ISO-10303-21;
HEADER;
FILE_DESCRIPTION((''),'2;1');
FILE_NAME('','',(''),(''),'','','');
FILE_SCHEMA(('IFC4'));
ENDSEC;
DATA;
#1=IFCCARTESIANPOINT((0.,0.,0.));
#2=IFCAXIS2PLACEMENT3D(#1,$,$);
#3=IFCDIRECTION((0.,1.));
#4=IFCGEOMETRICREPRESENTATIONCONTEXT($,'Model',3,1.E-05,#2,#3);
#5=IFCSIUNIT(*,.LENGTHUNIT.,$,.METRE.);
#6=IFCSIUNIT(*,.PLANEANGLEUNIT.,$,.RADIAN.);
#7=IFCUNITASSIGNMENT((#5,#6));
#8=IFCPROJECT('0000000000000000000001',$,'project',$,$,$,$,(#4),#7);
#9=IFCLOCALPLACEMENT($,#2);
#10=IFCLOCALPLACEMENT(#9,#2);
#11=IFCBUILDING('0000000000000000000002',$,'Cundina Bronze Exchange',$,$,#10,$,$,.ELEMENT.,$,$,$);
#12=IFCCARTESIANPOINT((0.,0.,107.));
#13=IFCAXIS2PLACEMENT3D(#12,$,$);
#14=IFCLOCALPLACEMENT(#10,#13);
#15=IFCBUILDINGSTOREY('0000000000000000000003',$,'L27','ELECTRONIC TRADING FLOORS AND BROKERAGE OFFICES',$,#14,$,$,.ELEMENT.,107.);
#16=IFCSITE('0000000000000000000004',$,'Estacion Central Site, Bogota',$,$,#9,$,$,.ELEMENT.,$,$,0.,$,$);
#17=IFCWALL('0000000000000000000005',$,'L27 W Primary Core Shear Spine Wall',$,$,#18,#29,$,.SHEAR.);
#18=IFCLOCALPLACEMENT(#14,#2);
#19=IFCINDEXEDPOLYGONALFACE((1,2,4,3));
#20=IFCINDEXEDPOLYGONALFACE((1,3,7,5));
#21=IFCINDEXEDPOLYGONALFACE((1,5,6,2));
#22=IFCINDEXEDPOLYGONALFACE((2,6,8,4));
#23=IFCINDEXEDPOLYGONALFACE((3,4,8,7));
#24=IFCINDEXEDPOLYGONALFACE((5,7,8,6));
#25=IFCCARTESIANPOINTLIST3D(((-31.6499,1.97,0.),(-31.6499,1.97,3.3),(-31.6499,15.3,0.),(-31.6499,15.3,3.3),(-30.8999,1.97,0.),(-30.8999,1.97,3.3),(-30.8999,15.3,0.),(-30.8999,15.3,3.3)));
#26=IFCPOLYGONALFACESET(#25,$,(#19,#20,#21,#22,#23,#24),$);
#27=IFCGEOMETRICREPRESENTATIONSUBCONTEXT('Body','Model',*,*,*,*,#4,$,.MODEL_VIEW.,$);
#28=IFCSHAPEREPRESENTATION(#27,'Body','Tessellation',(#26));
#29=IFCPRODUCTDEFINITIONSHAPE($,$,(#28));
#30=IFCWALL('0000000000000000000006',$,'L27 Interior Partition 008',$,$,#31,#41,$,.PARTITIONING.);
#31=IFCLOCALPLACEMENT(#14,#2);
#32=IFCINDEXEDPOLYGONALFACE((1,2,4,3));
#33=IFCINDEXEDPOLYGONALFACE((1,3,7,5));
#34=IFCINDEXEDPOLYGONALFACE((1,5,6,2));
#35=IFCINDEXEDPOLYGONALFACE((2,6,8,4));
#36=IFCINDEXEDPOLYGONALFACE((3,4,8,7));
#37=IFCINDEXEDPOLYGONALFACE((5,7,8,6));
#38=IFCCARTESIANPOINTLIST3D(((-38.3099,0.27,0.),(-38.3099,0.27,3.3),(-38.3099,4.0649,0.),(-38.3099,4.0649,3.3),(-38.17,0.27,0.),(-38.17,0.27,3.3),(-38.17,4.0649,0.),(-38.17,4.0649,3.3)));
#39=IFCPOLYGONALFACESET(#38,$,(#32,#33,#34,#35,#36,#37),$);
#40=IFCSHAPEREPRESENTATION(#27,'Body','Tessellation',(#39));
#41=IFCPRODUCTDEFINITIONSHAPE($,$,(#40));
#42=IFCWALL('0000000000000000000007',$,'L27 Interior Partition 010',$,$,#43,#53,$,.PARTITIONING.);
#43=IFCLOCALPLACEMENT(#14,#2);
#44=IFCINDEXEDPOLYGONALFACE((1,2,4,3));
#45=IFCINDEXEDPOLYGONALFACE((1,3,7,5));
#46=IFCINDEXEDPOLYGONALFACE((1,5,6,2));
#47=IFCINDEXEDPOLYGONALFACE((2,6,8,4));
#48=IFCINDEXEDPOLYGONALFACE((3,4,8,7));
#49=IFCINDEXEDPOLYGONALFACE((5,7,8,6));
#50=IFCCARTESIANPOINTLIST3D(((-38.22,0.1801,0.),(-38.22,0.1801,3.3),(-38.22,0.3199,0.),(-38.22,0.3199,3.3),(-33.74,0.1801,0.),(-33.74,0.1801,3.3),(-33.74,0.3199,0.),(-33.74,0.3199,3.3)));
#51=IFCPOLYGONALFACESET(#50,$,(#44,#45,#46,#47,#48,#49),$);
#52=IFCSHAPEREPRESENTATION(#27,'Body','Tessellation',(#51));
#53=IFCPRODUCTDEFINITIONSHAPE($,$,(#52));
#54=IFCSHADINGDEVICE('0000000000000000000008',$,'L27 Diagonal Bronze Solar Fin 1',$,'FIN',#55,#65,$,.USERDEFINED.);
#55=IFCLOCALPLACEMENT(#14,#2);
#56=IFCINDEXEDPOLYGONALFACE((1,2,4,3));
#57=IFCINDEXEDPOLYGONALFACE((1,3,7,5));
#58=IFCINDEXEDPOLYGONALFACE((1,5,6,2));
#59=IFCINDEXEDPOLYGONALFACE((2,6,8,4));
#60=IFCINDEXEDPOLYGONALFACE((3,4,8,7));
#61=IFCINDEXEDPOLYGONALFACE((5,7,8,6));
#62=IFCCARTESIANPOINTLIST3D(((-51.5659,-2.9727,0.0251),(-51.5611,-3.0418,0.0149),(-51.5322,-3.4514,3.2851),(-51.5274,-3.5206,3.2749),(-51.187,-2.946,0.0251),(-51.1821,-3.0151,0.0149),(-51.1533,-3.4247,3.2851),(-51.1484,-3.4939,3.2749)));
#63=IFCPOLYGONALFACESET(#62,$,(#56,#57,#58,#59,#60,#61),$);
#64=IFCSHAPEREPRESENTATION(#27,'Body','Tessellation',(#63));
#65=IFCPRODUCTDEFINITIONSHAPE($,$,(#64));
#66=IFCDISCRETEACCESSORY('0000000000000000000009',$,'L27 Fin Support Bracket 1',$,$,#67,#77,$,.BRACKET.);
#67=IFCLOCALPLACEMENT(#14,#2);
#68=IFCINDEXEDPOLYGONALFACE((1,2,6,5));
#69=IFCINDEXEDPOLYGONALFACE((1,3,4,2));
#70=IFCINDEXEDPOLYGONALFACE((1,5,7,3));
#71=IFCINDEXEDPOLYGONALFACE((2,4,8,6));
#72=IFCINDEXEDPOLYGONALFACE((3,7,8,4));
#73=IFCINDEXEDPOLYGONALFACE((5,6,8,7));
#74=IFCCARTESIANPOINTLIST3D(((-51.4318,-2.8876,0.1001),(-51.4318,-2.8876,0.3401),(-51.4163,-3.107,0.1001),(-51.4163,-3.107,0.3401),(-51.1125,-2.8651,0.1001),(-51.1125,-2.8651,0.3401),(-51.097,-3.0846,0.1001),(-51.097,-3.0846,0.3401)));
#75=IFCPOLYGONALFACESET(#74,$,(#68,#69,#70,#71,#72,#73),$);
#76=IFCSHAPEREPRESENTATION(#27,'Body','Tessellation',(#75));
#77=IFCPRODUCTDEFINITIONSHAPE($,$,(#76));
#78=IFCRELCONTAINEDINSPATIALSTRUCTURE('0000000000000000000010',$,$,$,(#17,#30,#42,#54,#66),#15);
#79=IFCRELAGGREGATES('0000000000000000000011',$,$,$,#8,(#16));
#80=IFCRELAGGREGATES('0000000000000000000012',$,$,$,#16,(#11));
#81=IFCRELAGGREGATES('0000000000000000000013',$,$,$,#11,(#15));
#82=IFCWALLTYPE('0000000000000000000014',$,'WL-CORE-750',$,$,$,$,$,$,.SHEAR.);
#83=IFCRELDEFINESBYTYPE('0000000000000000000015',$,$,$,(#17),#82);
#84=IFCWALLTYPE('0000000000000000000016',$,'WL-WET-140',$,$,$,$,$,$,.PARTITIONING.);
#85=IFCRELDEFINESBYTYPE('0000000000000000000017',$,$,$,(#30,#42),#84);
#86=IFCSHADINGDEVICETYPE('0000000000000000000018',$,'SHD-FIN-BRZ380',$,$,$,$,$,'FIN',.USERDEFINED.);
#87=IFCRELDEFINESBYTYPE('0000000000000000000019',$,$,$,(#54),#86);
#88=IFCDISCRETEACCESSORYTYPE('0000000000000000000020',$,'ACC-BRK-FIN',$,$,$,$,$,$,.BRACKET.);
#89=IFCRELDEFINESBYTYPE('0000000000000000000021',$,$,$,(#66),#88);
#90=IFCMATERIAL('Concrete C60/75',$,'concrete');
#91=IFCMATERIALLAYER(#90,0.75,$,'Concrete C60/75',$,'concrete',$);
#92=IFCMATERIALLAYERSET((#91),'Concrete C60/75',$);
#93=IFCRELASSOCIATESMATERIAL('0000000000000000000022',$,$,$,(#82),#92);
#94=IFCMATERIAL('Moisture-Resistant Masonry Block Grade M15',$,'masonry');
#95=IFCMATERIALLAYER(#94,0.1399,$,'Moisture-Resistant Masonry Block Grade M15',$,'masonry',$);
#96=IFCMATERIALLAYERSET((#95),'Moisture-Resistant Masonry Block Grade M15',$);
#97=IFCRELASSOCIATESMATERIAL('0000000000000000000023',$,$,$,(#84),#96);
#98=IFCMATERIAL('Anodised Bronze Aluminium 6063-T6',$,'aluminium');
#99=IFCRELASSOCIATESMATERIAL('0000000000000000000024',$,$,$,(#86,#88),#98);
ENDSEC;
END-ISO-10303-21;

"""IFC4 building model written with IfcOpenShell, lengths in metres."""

from ifc_helpers import new_model, si_unit, direction, frame, frame_2d, origin, origin_2d, place, context, subcontext, project, spatial, rectangle, extrude, material, layer, layer_set, material_profile, profile_set, type_object, element, save


model = new_model("IFC4")

# Units and contexts
model_context = context("Model", 3, precision=1e-05, world=origin(), true_north=direction((0.0, 1.0)))
body_context = subcontext(model_context, "Body", "Model", "MODEL_VIEW")
ifc_project = project(units=[si_unit("LENGTHUNIT", "METRE"), si_unit("PLANEANGLEUNIT", "RADIAN")], contexts=[model_context])

# Site, building, storey
site_placement = place(None, origin())
site = spatial("IfcSite", under=ifc_project, at=site_placement, Name="Estacion Central Site, Bogota", CompositionType="ELEMENT", RefElevation=0.0)
building_placement = place(site_placement, origin())
building = spatial("IfcBuilding", under=site, at=building_placement, Name="Cundina Bronze Exchange", CompositionType="ELEMENT")
storey_placement = place(building_placement, frame((0.0, 0.0, 107.0)))
storey = spatial("IfcBuildingStorey", under=building, at=storey_placement, Name="L27", Description="ELECTRONIC TRADING FLOORS AND BROKERAGE OFFICES", CompositionType="ELEMENT", Elevation=107.0)

# Shared definitions
ifc_material_1 = material(Name="Concrete C60/75", Category="concrete")

# Shared definitions
ifc_material_2 = material(Name="Anodised Bronze Aluminium 6063-T6", Category="aluminium")

# Walls
ifc_layer_1 = layer(ifc_material_1, 0.75, Name="Concrete C60/75", Category="concrete")
ifc_layer_set_1 = layer_set([ifc_layer_1], Name="Concrete C60/75")
wall_type_1 = type_object("IfcWallType", Name="WL-CORE-750", PredefinedType="SHEAR", material=ifc_layer_set_1)
wall_1_placement = place(storey_placement, frame((-31.2749, 1.97, 0.0), z_axis=(0.0, 0.0, 1.0), x_axis=(0.0, 1.0, 0.0)))
element("IfcWall", 1, at=wall_1_placement, inside=storey, type_object=wall_type_1, Name="L27 W Primary Core Shear Spine Wall", PredefinedType="SHEAR", context=body_context, shape_type="SweptSolid", body=[
    extrude(rectangle(XDim=13.3301, YDim=0.75, at=frame_2d((6.665, 0.0))), origin(), (0.0, 0.0, 1.0), 3.3),
])
ifc_material_3 = material(Name="Moisture-Resistant Masonry Block Grade M15", Category="masonry")
ifc_layer_2 = layer(ifc_material_3, 0.1399, Name="Moisture-Resistant Masonry Block Grade M15", Category="masonry")
ifc_layer_set_2 = layer_set([ifc_layer_2], Name="Moisture-Resistant Masonry Block Grade M15")
wall_type_2 = type_object("IfcWallType", Name="WL-WET-140", PredefinedType="PARTITIONING", material=ifc_layer_set_2)
wall_2_placement = place(storey_placement, frame((-38.24, 0.27, 0.0), z_axis=(0.0, 0.0, 1.0), x_axis=(0.0, 1.0, 0.0)))
element("IfcWall", 2, at=wall_2_placement, inside=storey, type_object=wall_type_2, Name="L27 Interior Partition 008", PredefinedType="PARTITIONING", context=body_context, shape_type="SweptSolid", body=[
    extrude(rectangle(XDim=3.7949, YDim=0.1399, at=frame_2d((1.8975, 0.0))), origin(), (0.0, 0.0, 1.0), 3.3),
])
wall_3_placement = place(storey_placement, frame((-38.22, 0.25, 0.0), z_axis=(0.0, 0.0, 1.0), x_axis=(1.0, 0.0, 0.0)))
element("IfcWall", 3, at=wall_3_placement, inside=storey, type_object=wall_type_2, Name="L27 Interior Partition 010", PredefinedType="PARTITIONING", context=body_context, shape_type="SweptSolid", body=[
    extrude(rectangle(XDim=4.48, YDim=0.1399, at=frame_2d((2.24, 0.0))), origin(), (0.0, 0.0, 1.0), 3.3),
])

# Shading device
ifc_material_profile_1 = material_profile(ifc_material_2, rectangle(XDim=0.0701, YDim=0.3799, at=origin_2d()), Name="FIN70X380", Category="aluminium")
ifc_profile_set_1 = profile_set([ifc_material_profile_1], Name="Anodised Bronze Aluminium 6063-T6")
shading_device_type = type_object("IfcShadingDeviceType", Name="SHD-FIN-BRZ380", ElementType="FIN", PredefinedType="USERDEFINED", material=ifc_profile_set_1)
shading_device_placement = place(storey_placement, frame((-51.374, -2.9939, 0.02), z_axis=(0.010225, -0.145292, 0.989336), x_axis=(-0.06945, 0.986895, 0.145652)))
element("IfcShadingDevice", 4, at=shading_device_placement, inside=storey, type_object=shading_device_type, Name="L27 Diagonal Bronze Solar Fin 1", ObjectType="FIN", PredefinedType="USERDEFINED", context=body_context, shape_type="SweptSolid", body=[
    extrude(rectangle(XDim=0.0701, YDim=0.3799, at=origin_2d()), origin(), (0.0, 0.0, 1.0), 3.2952),
])

# Discrete accessory
discrete_accessory_type = type_object("IfcDiscreteAccessoryType", Name="ACC-BRK-FIN", PredefinedType="BRACKET", material=ifc_material_2)
discrete_accessory_placement = place(storey_placement, frame((-51.2644, -2.9861, 0.1001), z_axis=(0.0, 0.0, 1.0), x_axis=(0.070279, -0.997527, 0.0)))
element("IfcDiscreteAccessory", 5, at=discrete_accessory_placement, inside=storey, type_object=discrete_accessory_type, Name="L27 Fin Support Bracket 1", PredefinedType="BRACKET", context=body_context, shape_type="SweptSolid", body=[
    extrude(rectangle(XDim=0.22, YDim=0.3201, at=origin_2d()), origin(), (0.0, 0.0, 1.0), 0.24),
])

save(model, "model.ifc")
